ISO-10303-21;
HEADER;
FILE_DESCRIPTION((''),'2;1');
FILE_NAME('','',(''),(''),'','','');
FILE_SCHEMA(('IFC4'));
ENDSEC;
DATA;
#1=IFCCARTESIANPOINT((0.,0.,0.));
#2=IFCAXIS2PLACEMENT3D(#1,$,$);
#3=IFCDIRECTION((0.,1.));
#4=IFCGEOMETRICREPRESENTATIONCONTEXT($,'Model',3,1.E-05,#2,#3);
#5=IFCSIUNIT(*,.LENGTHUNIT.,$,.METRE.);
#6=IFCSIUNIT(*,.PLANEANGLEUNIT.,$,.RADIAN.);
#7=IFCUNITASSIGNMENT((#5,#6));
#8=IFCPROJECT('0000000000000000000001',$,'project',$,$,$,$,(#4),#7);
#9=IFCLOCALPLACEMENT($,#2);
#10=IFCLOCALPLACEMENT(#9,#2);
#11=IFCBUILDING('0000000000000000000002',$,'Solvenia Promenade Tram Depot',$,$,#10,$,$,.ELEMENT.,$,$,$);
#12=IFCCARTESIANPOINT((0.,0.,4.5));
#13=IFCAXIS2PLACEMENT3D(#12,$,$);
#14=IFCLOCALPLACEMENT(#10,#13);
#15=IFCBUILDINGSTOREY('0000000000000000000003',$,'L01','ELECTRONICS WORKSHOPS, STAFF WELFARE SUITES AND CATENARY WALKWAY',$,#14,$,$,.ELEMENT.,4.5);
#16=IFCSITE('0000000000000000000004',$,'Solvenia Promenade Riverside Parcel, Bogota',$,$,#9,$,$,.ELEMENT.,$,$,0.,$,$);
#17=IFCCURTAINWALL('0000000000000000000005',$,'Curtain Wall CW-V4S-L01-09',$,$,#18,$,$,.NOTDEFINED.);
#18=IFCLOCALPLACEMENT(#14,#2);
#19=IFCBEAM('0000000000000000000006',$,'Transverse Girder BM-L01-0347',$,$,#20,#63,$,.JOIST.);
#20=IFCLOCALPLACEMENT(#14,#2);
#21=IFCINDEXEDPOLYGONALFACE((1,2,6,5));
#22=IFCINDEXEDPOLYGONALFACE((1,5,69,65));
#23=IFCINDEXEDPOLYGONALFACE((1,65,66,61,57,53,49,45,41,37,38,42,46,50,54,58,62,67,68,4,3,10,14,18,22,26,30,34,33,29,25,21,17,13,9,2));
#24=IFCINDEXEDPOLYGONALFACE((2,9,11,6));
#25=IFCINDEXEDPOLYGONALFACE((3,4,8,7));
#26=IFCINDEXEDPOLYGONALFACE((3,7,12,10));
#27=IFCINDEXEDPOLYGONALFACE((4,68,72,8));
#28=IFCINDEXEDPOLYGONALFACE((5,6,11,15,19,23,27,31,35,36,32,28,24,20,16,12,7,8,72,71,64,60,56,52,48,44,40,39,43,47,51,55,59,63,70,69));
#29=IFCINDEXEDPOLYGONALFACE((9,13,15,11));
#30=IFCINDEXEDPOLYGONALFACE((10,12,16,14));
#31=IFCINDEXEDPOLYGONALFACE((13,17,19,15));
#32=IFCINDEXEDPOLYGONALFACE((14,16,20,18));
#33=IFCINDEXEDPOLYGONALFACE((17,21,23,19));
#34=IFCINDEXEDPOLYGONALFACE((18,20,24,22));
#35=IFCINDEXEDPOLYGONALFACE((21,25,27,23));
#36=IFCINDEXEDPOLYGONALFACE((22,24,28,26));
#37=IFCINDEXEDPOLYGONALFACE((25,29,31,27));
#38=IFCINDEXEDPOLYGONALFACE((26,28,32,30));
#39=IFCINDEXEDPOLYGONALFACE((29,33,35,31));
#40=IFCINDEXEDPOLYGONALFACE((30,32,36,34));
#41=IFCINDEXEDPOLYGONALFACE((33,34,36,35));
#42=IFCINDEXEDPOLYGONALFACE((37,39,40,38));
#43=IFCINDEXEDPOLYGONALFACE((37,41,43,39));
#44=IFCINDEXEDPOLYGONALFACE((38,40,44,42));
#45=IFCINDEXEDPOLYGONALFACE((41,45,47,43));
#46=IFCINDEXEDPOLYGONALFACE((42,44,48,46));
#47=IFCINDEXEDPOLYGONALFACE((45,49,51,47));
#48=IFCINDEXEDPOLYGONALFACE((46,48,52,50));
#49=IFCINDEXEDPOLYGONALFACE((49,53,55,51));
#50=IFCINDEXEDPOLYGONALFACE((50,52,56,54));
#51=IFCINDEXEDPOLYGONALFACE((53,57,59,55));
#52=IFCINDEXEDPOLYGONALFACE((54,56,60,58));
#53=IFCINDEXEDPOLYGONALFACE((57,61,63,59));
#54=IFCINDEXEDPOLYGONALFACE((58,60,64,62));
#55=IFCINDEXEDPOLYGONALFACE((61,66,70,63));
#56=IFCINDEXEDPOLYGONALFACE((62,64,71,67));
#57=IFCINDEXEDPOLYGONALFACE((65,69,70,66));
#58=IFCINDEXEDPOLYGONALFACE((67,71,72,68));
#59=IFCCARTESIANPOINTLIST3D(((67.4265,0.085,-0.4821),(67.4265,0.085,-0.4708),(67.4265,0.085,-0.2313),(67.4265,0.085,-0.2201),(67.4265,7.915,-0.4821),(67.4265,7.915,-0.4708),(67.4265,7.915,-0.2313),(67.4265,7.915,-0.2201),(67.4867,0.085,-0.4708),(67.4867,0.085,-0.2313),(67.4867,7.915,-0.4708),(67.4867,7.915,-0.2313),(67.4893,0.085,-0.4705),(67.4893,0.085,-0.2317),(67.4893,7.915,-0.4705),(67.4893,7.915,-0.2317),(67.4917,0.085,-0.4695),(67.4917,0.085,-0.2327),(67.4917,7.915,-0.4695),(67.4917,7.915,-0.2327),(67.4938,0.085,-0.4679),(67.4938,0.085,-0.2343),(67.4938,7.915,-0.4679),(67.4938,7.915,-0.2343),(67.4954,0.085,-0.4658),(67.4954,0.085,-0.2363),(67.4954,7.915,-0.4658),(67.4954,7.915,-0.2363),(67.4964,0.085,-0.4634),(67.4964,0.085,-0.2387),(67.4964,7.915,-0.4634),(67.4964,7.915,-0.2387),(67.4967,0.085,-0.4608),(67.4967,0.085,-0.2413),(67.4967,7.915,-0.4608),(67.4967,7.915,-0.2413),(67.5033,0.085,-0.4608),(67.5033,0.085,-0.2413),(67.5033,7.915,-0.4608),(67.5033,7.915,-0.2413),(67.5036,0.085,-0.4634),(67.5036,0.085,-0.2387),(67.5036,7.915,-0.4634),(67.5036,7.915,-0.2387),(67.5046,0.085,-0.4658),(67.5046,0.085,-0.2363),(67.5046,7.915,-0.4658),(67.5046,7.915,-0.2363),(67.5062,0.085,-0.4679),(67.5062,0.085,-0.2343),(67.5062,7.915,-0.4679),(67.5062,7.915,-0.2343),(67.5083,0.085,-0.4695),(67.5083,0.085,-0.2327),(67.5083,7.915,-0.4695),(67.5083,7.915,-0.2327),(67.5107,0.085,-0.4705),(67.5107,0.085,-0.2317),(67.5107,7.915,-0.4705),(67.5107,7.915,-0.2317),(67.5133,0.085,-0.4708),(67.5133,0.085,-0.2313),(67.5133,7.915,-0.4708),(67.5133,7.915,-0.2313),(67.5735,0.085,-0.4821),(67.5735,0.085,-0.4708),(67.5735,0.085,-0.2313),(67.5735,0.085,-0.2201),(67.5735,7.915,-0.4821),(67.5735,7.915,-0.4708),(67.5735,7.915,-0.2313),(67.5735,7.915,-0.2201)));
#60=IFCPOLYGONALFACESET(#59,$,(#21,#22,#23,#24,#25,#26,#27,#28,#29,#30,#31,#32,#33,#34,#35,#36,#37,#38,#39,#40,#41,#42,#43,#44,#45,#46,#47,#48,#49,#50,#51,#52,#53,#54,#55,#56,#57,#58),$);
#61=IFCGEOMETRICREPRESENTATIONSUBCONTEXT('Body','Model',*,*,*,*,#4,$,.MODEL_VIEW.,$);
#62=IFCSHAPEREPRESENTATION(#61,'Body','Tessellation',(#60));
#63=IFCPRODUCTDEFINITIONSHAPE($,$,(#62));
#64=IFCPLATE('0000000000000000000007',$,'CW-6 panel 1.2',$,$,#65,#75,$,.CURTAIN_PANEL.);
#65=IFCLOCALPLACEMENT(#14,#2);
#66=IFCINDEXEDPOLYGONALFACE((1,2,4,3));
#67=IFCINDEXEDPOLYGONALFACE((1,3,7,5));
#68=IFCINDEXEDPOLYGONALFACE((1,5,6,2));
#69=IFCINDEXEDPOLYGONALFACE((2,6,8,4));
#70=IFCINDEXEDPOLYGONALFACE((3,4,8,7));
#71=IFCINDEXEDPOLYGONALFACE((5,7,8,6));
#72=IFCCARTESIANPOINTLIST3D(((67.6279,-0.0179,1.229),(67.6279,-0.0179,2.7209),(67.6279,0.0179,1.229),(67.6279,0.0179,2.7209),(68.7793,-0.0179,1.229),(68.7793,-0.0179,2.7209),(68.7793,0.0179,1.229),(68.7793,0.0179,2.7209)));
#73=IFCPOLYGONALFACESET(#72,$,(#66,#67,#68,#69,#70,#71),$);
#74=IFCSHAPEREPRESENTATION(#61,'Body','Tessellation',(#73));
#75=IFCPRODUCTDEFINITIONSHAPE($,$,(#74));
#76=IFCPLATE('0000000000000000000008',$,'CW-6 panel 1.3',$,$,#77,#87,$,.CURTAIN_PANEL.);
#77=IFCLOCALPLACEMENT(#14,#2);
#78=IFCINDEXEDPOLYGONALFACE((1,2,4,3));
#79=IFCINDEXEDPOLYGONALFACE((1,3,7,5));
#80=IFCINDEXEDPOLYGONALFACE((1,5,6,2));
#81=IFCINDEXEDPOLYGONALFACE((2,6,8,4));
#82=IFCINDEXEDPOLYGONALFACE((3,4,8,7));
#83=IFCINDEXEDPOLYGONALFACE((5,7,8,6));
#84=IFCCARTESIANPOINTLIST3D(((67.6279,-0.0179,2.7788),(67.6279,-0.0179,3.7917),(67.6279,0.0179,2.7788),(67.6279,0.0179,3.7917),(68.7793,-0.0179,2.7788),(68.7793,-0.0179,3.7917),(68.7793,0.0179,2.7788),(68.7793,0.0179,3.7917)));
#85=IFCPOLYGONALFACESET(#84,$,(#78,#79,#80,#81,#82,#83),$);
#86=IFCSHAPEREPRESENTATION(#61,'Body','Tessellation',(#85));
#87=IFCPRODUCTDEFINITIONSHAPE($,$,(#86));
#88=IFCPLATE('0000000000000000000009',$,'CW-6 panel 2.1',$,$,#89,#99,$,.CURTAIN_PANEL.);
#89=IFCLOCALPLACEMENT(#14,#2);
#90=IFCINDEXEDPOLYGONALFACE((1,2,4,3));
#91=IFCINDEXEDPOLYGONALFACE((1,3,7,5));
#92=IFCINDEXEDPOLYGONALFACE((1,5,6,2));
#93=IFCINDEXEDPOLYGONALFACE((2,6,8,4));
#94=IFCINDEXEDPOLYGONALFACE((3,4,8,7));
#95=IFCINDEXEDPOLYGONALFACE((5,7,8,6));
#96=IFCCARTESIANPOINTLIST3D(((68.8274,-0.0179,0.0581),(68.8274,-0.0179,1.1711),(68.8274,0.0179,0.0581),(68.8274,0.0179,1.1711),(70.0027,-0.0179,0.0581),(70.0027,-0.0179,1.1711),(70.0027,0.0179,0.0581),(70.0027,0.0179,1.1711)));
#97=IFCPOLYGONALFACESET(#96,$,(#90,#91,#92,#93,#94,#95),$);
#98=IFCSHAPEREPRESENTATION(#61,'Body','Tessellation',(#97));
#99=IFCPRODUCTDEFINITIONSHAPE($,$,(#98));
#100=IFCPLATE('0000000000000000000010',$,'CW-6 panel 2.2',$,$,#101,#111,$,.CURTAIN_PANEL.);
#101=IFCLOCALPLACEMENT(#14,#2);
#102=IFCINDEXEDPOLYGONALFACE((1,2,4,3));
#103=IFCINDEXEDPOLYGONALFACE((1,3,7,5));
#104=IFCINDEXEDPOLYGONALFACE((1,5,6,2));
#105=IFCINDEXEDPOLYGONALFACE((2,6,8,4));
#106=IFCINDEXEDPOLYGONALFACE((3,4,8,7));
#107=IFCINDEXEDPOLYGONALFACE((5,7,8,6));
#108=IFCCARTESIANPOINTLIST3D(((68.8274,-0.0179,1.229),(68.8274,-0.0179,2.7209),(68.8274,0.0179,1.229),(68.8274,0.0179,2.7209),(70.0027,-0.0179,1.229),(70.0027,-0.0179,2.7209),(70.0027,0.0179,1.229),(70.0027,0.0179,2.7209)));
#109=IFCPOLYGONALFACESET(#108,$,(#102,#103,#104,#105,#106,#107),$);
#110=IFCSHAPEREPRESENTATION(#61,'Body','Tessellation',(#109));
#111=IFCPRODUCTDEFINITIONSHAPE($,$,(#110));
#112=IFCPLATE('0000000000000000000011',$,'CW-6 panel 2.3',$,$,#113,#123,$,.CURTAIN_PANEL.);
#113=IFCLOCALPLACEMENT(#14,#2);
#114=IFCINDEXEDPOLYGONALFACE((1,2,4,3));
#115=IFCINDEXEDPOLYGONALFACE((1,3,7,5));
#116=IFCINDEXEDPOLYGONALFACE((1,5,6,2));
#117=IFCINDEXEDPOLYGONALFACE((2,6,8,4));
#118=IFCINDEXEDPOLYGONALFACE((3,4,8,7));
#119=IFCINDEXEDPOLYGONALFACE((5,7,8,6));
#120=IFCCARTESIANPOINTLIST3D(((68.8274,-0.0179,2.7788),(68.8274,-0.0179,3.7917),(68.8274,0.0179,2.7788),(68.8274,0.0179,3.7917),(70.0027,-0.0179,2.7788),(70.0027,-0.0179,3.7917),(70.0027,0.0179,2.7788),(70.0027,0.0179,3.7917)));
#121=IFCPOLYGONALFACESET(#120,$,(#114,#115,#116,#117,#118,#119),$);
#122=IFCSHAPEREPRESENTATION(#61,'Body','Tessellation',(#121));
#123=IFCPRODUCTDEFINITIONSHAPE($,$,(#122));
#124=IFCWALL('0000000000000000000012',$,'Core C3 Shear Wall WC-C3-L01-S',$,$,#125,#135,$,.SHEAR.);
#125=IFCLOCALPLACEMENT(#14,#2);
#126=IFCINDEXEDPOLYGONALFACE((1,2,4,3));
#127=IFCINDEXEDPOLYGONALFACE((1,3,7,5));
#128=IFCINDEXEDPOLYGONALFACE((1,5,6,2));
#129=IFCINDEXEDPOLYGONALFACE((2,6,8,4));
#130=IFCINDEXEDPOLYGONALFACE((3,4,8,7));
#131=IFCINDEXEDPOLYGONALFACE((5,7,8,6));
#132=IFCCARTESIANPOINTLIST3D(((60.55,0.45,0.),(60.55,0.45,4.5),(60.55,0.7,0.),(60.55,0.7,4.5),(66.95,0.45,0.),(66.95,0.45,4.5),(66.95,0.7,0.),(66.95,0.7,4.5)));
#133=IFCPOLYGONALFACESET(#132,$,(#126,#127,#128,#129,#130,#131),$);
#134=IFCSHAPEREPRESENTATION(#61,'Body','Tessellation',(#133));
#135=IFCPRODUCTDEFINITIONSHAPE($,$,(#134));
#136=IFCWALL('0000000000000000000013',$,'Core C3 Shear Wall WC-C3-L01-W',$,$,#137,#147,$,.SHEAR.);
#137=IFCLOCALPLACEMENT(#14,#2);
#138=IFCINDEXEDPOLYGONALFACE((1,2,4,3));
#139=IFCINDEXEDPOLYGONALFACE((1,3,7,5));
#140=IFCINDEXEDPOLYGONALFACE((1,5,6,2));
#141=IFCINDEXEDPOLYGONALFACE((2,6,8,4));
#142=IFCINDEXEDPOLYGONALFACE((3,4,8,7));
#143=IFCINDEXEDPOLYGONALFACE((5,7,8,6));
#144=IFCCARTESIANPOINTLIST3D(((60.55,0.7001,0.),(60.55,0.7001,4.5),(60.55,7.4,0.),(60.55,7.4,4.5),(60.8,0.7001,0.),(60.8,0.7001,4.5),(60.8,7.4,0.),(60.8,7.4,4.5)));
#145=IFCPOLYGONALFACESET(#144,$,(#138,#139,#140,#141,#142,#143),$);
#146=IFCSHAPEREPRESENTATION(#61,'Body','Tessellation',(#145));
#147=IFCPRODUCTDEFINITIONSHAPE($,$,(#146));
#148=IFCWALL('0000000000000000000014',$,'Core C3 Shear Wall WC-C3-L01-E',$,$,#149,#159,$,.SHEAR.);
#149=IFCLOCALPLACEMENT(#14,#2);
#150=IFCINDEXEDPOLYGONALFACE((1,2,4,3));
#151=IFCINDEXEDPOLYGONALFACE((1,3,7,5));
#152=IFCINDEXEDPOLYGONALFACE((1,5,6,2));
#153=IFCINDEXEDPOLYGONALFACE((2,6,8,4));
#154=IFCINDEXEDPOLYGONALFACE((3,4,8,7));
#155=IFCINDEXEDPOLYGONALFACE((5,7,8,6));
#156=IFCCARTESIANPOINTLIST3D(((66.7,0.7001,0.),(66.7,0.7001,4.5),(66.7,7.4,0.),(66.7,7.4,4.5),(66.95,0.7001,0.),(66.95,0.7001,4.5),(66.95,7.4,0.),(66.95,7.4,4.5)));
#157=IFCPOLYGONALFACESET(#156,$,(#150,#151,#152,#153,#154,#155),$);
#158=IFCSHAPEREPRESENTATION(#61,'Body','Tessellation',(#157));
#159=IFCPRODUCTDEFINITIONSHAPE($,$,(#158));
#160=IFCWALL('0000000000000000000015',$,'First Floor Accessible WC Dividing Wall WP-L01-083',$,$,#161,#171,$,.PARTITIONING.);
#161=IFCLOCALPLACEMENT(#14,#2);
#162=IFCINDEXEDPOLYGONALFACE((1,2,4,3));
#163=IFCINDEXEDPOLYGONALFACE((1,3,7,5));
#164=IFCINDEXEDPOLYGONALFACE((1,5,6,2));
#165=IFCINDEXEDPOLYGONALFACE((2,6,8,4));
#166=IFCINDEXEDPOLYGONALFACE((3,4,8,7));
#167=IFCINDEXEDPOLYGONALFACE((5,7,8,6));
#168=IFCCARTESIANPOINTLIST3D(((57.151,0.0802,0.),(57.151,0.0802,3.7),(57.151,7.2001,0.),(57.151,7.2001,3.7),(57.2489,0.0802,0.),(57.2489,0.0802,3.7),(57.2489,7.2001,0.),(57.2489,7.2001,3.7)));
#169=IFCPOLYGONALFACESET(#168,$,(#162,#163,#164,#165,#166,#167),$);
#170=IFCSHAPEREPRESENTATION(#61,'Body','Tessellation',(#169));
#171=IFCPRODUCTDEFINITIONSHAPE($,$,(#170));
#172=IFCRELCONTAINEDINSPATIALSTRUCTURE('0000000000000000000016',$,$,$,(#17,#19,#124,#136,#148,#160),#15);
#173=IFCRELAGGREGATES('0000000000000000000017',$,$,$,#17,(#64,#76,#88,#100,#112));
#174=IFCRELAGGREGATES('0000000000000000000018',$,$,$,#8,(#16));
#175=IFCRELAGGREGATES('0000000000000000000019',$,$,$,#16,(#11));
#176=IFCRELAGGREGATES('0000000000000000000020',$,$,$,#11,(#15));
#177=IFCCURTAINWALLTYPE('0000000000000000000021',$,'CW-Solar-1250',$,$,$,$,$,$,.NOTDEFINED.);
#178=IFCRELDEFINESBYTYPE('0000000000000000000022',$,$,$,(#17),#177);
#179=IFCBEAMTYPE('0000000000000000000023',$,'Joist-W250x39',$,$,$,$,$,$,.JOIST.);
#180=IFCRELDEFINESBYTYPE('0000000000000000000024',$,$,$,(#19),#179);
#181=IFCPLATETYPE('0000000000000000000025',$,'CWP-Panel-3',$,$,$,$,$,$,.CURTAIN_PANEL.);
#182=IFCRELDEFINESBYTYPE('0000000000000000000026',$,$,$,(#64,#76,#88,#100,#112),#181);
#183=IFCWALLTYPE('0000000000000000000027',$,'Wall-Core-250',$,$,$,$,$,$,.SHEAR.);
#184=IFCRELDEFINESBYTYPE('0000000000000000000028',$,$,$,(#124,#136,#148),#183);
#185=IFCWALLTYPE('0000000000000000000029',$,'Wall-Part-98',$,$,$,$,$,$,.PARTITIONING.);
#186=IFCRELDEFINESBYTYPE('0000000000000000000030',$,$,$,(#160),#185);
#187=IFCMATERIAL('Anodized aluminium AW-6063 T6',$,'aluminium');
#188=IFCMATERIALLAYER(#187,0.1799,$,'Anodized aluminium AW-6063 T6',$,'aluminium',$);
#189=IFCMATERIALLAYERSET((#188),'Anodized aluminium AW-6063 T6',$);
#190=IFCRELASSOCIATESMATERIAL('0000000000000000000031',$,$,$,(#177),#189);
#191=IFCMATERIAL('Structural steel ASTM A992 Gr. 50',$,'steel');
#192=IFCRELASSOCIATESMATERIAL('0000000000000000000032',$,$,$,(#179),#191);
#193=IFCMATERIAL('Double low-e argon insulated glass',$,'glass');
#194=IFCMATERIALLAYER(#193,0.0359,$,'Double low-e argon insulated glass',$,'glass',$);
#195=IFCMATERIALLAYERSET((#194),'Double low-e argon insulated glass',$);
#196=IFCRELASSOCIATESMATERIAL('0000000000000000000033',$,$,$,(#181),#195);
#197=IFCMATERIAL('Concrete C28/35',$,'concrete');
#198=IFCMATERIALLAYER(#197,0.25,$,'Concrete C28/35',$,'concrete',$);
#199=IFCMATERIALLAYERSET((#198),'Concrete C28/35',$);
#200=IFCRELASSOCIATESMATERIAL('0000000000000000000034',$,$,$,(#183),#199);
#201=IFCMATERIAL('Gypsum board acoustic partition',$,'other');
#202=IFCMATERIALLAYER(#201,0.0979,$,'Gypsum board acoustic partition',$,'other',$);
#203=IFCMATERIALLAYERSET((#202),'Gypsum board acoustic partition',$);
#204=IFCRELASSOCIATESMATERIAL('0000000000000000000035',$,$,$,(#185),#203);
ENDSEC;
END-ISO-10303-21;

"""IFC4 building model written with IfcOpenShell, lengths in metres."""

from ifc_helpers import new_model, si_unit, direction, frame, frame_2d, origin, origin_2d, place, context, subcontext, project, spatial, rectangle, i_section, extrude, material, layer, layer_set, material_profile, profile_set, type_object, element, aggregate, save


model = new_model("IFC4")

# Units and contexts
model_context = context("Model", 3, precision=1e-05, world=origin(), true_north=direction((0.0, 1.0)))
body_context = subcontext(model_context, "Body", "Model", "MODEL_VIEW")
ifc_project = project(units=[si_unit("LENGTHUNIT", "METRE"), si_unit("PLANEANGLEUNIT", "RADIAN")], contexts=[model_context])

# Site, building, storey
site_placement = place(None, origin())
site = spatial("IfcSite", under=ifc_project, at=site_placement, Name="Solvenia Promenade Riverside Parcel, Bogota", CompositionType="ELEMENT", RefElevation=0.0)
building_placement = place(site_placement, origin())
building = spatial("IfcBuilding", under=site, at=building_placement, Name="Solvenia Promenade Tram Depot", CompositionType="ELEMENT")
storey_placement = place(building_placement, frame((0.0, 0.0, 4.5)))
storey = spatial("IfcBuildingStorey", under=building, at=storey_placement, Name="L01", Description="ELECTRONICS WORKSHOPS, STAFF WELFARE SUITES AND CATENARY WALKWAY", CompositionType="ELEMENT", Elevation=4.5)

# Curtain wall
ifc_material_1 = material(Name="Anodized aluminium AW-6063 T6", Category="aluminium")
ifc_layer_1 = layer(ifc_material_1, 0.1799, Name="Anodized aluminium AW-6063 T6", Category="aluminium")
ifc_layer_set_1 = layer_set([ifc_layer_1], Name="Anodized aluminium AW-6063 T6")
curtain_wall_type = type_object("IfcCurtainWallType", Name="CW-Solar-1250", PredefinedType="NOTDEFINED", material=ifc_layer_set_1)
curtain_wall_placement = place(storey_placement, origin())
curtain_wall = element("IfcCurtainWall", 1, at=curtain_wall_placement, inside=storey, type_object=curtain_wall_type, Name="Curtain Wall CW-V4S-L01-09", PredefinedType="NOTDEFINED")

# Beam
ifc_material_2 = material(Name="Structural steel ASTM A992 Gr. 50", Category="steel")
ifc_material_profile_1 = material_profile(ifc_material_2, i_section(OverallWidth=0.147, OverallDepth=0.262, WebThickness=0.0066, FlangeThickness=0.0112, FilletRadius=0.01, at=origin_2d()), Name="W250x39", Category="steel")
ifc_profile_set_1 = profile_set([ifc_material_profile_1], Name="Structural steel ASTM A992 Gr. 50")
beam_type = type_object("IfcBeamType", Name="Joist-W250x39", PredefinedType="JOIST", material=ifc_profile_set_1)
for number, where, z_axis, x_axis, name in (
    (2, (67.5, 0.085, -0.3511), (0.0, 1.0, 0.0), (-1.0, 0.0, 0.0), "Transverse Girder BM-L01-0347"),
):
    element("IfcBeam", number, at=place(storey_placement, frame(where, z_axis=z_axis, x_axis=x_axis)), inside=storey, type_object=beam_type, Name=name, PredefinedType="JOIST", context=body_context, shape_type="SweptSolid", body=[
        extrude(i_section(OverallWidth=0.147, OverallDepth=0.262, WebThickness=0.0066, FlangeThickness=0.0112, FilletRadius=0.01, at=origin_2d()), origin(), (0.0, 0.0, 1.0), 7.8301),
    ])

# Plates
ifc_material_3 = material(Name="Double low-e argon insulated glass", Category="glass")
ifc_layer_2 = layer(ifc_material_3, 0.0359, Name="Double low-e argon insulated glass", Category="glass")
ifc_layer_set_2 = layer_set([ifc_layer_2], Name="Double low-e argon insulated glass")
plate_type = type_object("IfcPlateType", Name="CWP-Panel-3", PredefinedType="CURTAIN_PANEL", material=ifc_layer_set_2)
plate_1_placement = place(storey_placement, frame((68.2036, 0.0, 1.229), z_axis=(0.0, 0.0, 1.0), x_axis=(1.0, 0.0, 0.0)))
plate_1 = element("IfcPlate", 3, at=plate_1_placement, type_object=plate_type, Name="CW-6 panel 1.2", PredefinedType="CURTAIN_PANEL", context=body_context, shape_type="SweptSolid", body=[
    extrude(rectangle(XDim=1.1514, YDim=0.0359, at=origin_2d()), origin(), (0.0, 0.0, 1.0), 1.4919),
])
plate_2_placement = place(storey_placement, frame((68.2036, 0.0, 2.7788), z_axis=(0.0, 0.0, 1.0), x_axis=(1.0, 0.0, 0.0)))
plate_2 = element("IfcPlate", 4, at=plate_2_placement, type_object=plate_type, Name="CW-6 panel 1.3", PredefinedType="CURTAIN_PANEL", context=body_context, shape_type="SweptSolid", body=[
    extrude(rectangle(XDim=1.1514, YDim=0.0359, at=origin_2d()), origin(), (0.0, 0.0, 1.0), 1.0129),
])
plate_3_placement = place(storey_placement, frame((69.415, 0.0, 0.0581), z_axis=(0.0, 0.0, 1.0), x_axis=(1.0, 0.0, 0.0)))
plate_3 = element("IfcPlate", 5, at=plate_3_placement, type_object=plate_type, Name="CW-6 panel 2.1", PredefinedType="CURTAIN_PANEL", context=body_context, shape_type="SweptSolid", body=[
    extrude(rectangle(XDim=1.1753, YDim=0.0359, at=origin_2d()), origin(), (0.0, 0.0, 1.0), 1.113),
])
plate_4_placement = place(storey_placement, frame((69.415, 0.0, 1.229), z_axis=(0.0, 0.0, 1.0), x_axis=(1.0, 0.0, 0.0)))
plate_4 = element("IfcPlate", 6, at=plate_4_placement, type_object=plate_type, Name="CW-6 panel 2.2", PredefinedType="CURTAIN_PANEL", context=body_context, shape_type="SweptSolid", body=[
    extrude(rectangle(XDim=1.1753, YDim=0.0359, at=origin_2d()), origin(), (0.0, 0.0, 1.0), 1.4919),
])
plate_5_placement = place(storey_placement, frame((69.415, 0.0, 2.7788), z_axis=(0.0, 0.0, 1.0), x_axis=(1.0, 0.0, 0.0)))
plate_5 = element("IfcPlate", 7, at=plate_5_placement, type_object=plate_type, Name="CW-6 panel 2.3", PredefinedType="CURTAIN_PANEL", context=body_context, shape_type="SweptSolid", body=[
    extrude(rectangle(XDim=1.1753, YDim=0.0359, at=origin_2d()), origin(), (0.0, 0.0, 1.0), 1.0129),
])
aggregate(curtain_wall, [plate_1, plate_2, plate_3, plate_4, plate_5])

# Wall
ifc_material_4 = material(Name="Concrete C28/35", Category="concrete")
ifc_layer_3 = layer(ifc_material_4, 0.25, Name="Concrete C28/35", Category="concrete")
ifc_layer_set_3 = layer_set([ifc_layer_3], Name="Concrete C28/35")
wall_type_1 = type_object("IfcWallType", Name="Wall-Core-250", PredefinedType="SHEAR", material=ifc_layer_set_3)
wall_1_placement = place(storey_placement, frame((60.55, 0.575, 0.0), z_axis=(0.0, 0.0, 1.0), x_axis=(1.0, 0.0, 0.0)))
element("IfcWall", 8, at=wall_1_placement, inside=storey, type_object=wall_type_1, Name="Core C3 Shear Wall WC-C3-L01-S", PredefinedType="SHEAR", context=body_context, shape_type="SweptSolid", body=[
    extrude(rectangle(XDim=6.3999, YDim=0.25, at=frame_2d((3.2, 0.0))), origin(), (0.0, 0.0, 1.0), 4.5),
])

# Walls
for number, where, z_axis, x_axis, name in (
    (9, (60.675, 0.7, 0.0), (0.0, 0.0, 1.0), (0.0, 1.0, 0.0), "Core C3 Shear Wall WC-C3-L01-W"),
    (10, (66.825, 0.7, 0.0), (0.0, 0.0, 1.0), (0.0, 1.0, 0.0), "Core C3 Shear Wall WC-C3-L01-E"),
):
    element("IfcWall", number, at=place(storey_placement, frame(where, z_axis=z_axis, x_axis=x_axis)), inside=storey, type_object=wall_type_1, Name=name, PredefinedType="SHEAR", context=body_context, shape_type="SweptSolid", body=[
        extrude(rectangle(XDim=6.7, YDim=0.25, at=frame_2d((3.3501, 0.0))), origin(), (0.0, 0.0, 1.0), 4.5),
    ])
ifc_material_5 = material(Name="Gypsum board acoustic partition", Category="other")
ifc_layer_4 = layer(ifc_material_5, 0.0979, Name="Gypsum board acoustic partition", Category="other")
ifc_layer_set_4 = layer_set([ifc_layer_4], Name="Gypsum board acoustic partition")
wall_type_2 = type_object("IfcWallType", Name="Wall-Part-98", PredefinedType="PARTITIONING", material=ifc_layer_set_4)
wall_2_placement = place(storey_placement, frame((57.2, 0.0801, 0.0), z_axis=(0.0, 0.0, 1.0), x_axis=(0.0, 1.0, 0.0)))
element("IfcWall", 11, at=wall_2_placement, inside=storey, type_object=wall_type_2, Name="First Floor Accessible WC Dividing Wall WP-L01-083", PredefinedType="PARTITIONING", context=body_context, shape_type="SweptSolid", body=[
    extrude(rectangle(XDim=7.1199, YDim=0.0979, at=frame_2d((3.5601, 0.0))), origin(), (0.0, 0.0, 1.0), 3.7),
])

save(model, "model.ifc")
